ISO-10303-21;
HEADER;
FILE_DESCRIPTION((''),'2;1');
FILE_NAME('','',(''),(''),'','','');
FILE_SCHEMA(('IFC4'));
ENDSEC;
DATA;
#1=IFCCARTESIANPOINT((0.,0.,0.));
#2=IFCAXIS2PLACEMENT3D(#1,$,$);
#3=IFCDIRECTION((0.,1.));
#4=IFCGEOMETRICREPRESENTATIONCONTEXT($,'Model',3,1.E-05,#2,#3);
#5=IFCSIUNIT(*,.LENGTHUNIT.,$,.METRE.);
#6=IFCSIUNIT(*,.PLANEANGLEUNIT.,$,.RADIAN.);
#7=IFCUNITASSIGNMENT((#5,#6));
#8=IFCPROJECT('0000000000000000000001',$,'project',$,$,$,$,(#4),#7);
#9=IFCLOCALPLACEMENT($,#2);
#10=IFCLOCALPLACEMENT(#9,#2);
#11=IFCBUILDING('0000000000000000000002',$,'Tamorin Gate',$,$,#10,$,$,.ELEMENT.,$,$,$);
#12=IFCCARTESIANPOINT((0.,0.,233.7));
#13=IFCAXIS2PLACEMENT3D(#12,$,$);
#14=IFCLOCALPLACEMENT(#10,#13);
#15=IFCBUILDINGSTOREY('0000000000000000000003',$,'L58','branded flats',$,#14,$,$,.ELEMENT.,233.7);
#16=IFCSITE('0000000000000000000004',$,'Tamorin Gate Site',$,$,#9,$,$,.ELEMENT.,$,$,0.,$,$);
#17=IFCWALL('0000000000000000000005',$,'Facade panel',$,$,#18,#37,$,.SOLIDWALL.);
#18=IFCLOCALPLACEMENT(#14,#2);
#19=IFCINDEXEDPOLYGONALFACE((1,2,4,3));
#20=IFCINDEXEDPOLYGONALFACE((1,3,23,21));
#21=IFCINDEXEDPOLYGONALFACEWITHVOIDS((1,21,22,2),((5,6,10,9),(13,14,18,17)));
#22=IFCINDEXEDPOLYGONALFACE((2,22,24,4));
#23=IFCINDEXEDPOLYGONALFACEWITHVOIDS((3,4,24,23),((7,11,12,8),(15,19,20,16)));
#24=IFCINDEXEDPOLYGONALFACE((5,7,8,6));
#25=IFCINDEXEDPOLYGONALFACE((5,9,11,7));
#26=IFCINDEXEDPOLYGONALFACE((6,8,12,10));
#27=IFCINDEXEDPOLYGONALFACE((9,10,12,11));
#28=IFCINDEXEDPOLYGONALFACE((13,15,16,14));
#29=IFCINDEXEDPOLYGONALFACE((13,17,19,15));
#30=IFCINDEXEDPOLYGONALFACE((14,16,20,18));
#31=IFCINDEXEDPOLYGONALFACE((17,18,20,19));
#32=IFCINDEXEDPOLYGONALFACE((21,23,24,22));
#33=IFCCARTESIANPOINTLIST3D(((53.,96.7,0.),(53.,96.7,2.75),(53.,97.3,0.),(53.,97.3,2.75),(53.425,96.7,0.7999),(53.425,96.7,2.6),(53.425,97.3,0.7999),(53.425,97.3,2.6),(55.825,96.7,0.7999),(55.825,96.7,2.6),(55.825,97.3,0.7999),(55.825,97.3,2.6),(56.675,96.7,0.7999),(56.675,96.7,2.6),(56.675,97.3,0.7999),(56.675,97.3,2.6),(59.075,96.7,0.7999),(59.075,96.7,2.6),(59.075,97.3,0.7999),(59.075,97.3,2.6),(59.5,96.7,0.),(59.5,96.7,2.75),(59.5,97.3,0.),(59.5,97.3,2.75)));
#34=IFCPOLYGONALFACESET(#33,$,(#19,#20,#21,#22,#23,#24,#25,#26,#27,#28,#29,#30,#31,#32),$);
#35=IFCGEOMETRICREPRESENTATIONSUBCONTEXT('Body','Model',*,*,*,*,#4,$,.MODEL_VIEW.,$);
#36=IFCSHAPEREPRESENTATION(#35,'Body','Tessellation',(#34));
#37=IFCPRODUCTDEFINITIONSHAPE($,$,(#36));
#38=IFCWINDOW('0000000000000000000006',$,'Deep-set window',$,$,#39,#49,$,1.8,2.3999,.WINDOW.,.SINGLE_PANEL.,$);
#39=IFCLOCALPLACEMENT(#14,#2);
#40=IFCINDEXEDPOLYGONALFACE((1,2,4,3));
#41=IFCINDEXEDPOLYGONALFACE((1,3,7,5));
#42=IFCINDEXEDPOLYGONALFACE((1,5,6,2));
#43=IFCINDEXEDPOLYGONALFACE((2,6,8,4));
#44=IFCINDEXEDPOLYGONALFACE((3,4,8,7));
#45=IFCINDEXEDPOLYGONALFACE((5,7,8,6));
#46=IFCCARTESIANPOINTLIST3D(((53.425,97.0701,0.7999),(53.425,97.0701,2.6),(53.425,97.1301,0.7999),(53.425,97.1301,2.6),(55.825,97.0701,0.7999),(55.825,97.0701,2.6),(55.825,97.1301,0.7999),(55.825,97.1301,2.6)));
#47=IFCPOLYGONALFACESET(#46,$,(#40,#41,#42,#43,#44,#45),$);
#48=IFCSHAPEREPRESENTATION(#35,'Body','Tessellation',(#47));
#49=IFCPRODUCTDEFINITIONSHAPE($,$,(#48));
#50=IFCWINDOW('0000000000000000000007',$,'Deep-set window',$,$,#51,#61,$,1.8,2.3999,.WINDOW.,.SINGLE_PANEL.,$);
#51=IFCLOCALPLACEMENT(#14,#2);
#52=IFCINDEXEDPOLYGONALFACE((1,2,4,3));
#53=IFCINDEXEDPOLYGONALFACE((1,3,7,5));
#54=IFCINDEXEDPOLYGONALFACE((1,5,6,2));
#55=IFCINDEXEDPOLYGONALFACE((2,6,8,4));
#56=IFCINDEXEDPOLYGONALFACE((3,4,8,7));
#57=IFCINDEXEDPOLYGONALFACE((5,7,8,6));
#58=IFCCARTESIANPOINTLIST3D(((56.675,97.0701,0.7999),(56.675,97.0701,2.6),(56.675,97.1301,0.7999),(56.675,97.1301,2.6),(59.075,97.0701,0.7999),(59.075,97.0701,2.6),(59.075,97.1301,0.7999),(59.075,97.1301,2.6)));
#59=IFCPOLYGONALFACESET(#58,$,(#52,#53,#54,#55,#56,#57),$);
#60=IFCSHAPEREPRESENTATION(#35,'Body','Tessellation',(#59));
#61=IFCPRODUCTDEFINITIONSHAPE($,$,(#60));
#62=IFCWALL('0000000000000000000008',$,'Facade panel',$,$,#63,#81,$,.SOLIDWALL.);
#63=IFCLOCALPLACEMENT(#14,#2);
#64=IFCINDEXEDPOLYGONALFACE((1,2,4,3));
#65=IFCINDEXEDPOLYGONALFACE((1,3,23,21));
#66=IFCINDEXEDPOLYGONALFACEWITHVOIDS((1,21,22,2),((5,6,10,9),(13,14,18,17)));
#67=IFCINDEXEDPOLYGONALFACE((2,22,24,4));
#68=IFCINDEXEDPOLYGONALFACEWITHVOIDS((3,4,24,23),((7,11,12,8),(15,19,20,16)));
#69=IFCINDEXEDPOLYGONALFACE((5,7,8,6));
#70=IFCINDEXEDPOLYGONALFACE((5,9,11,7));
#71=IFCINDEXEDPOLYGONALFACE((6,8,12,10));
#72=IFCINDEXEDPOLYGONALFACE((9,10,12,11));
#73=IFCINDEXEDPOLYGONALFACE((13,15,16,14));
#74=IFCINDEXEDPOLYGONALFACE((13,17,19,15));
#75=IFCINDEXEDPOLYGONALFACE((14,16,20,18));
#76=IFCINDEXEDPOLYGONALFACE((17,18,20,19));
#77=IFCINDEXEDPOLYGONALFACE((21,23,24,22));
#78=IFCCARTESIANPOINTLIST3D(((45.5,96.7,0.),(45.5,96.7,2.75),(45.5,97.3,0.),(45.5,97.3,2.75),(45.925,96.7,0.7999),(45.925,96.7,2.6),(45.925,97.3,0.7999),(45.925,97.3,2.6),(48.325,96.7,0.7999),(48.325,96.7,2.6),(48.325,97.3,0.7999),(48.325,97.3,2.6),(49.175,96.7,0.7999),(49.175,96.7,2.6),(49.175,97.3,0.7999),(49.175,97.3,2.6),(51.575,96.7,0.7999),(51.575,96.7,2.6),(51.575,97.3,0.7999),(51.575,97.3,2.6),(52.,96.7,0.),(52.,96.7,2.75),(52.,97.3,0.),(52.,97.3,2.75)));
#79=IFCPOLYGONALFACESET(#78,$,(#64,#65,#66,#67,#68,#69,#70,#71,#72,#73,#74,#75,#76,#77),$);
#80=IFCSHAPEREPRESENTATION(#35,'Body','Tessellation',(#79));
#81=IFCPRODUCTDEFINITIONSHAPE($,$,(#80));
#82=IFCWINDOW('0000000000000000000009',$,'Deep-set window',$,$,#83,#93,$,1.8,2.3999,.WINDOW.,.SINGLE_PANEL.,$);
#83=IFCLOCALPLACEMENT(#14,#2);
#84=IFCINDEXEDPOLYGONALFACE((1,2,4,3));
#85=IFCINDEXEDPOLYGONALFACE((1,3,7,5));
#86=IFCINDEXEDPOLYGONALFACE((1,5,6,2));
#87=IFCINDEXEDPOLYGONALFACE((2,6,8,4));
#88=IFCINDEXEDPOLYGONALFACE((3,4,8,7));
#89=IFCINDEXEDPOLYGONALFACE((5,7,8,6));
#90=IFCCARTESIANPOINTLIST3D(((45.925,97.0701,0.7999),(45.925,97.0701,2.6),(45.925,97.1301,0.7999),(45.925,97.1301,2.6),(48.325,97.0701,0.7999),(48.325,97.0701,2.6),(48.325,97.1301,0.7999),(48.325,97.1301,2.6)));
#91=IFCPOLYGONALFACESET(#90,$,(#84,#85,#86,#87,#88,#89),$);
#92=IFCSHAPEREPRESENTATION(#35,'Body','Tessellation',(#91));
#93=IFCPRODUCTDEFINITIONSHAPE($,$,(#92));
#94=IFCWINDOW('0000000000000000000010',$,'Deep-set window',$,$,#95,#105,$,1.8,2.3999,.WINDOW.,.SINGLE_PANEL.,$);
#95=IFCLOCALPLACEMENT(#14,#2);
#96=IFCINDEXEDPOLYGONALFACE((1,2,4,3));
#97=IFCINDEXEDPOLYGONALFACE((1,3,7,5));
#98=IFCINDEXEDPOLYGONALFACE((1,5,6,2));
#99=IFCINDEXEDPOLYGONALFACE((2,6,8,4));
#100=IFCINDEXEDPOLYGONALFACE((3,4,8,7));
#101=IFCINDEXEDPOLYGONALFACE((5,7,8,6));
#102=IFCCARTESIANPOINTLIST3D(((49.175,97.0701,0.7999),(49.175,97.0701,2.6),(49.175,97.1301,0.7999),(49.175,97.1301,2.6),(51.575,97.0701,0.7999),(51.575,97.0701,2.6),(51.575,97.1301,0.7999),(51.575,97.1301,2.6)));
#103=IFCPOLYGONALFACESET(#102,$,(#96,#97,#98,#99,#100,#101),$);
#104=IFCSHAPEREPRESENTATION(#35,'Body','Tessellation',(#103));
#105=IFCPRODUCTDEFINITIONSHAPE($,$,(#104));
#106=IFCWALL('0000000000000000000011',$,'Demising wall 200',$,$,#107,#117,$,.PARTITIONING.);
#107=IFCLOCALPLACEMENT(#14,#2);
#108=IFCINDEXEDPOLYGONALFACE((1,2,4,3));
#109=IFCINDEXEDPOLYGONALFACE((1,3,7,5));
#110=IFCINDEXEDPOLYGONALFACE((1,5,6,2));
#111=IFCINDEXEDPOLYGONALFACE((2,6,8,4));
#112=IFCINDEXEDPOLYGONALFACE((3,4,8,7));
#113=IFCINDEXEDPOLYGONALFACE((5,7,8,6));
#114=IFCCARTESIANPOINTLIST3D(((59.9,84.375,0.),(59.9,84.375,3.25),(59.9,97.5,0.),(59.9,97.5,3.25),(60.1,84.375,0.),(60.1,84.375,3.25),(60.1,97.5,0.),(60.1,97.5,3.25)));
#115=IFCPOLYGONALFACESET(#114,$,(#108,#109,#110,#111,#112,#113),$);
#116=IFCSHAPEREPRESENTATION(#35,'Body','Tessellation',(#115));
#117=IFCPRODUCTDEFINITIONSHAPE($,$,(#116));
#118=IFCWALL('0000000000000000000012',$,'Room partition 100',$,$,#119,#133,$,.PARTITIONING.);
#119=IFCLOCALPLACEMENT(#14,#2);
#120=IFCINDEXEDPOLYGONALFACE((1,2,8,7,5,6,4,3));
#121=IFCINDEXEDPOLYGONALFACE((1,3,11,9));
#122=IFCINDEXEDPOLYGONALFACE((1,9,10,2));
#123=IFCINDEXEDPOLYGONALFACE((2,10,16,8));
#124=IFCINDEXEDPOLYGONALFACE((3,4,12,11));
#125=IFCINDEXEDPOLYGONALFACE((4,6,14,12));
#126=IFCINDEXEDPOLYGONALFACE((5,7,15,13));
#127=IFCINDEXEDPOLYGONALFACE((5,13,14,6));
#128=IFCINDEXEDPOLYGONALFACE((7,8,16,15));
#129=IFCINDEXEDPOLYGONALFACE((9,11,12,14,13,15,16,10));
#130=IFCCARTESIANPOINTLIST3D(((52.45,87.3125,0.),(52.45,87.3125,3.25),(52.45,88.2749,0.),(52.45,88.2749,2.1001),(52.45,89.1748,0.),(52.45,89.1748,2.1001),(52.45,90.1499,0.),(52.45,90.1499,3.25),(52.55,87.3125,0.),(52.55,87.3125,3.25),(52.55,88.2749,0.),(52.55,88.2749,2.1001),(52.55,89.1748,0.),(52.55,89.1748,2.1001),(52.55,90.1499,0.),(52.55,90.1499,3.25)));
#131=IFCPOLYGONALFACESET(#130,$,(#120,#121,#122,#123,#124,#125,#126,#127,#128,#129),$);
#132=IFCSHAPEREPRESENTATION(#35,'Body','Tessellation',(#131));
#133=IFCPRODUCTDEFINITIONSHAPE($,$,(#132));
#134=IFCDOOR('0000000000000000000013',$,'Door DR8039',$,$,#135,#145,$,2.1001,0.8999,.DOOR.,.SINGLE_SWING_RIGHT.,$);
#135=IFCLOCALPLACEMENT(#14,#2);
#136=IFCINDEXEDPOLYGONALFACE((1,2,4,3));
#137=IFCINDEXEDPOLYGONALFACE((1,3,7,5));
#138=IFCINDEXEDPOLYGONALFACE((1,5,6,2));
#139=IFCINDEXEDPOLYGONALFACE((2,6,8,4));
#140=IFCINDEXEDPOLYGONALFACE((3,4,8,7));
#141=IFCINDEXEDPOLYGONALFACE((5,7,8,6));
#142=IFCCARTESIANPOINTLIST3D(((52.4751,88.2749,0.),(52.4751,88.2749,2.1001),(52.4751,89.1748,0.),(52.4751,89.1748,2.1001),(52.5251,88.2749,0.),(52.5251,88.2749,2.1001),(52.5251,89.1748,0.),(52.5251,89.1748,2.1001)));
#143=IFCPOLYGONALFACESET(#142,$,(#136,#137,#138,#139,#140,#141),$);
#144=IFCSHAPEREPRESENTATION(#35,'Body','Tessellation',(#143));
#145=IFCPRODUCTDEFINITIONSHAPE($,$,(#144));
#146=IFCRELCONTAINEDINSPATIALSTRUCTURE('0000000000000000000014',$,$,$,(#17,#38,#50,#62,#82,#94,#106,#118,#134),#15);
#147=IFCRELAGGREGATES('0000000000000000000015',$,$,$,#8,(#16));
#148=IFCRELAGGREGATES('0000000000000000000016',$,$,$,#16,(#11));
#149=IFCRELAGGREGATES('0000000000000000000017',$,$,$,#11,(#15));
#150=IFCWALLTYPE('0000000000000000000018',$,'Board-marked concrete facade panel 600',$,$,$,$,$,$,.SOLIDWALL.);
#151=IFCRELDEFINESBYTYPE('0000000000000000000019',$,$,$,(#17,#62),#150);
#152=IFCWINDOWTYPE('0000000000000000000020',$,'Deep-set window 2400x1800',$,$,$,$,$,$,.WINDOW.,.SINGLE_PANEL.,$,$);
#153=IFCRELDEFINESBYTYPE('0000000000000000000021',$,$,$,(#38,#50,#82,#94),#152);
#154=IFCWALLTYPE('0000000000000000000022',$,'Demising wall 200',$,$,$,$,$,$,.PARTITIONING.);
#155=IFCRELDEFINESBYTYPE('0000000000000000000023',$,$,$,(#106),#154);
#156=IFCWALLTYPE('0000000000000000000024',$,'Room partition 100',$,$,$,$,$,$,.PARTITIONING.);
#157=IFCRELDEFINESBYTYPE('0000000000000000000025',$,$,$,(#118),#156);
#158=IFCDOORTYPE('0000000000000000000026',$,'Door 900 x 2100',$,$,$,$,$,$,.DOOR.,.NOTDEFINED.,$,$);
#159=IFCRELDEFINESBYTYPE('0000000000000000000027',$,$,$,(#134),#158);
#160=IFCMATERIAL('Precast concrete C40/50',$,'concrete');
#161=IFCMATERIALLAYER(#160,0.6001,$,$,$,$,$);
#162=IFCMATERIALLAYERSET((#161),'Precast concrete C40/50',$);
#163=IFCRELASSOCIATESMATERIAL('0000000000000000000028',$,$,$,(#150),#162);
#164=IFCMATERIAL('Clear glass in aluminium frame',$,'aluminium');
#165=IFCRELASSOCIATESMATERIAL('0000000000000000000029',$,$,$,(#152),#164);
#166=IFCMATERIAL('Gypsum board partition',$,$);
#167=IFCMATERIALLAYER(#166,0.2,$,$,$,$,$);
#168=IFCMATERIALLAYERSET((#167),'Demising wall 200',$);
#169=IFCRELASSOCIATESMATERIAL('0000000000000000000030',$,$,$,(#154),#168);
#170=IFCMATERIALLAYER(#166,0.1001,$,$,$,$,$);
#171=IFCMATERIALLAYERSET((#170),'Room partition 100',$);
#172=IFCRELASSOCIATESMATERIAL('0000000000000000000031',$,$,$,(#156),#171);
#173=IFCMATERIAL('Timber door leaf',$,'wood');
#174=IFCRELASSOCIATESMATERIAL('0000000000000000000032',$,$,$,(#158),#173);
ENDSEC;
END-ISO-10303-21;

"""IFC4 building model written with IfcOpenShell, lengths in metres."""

from ifc_helpers import new_model, si_unit, direction, frame, frame_2d, origin, place, context, subcontext, project, spatial, rectangle, extrude, material, layer, layer_set, type_object, element, fill, save


model = new_model("IFC4")

# Units and contexts
model_context = context("Model", 3, precision=1e-05, world=origin(), true_north=direction((0.0, 1.0)))
body_context = subcontext(model_context, "Body", "Model", "MODEL_VIEW")
ifc_project = project(units=[si_unit("LENGTHUNIT", "METRE"), si_unit("PLANEANGLEUNIT", "RADIAN")], contexts=[model_context])

# Site, building, storey
site_placement = place(None, origin())
site = spatial("IfcSite", under=ifc_project, at=site_placement, Name="Tamorin Gate Site", CompositionType="ELEMENT", RefElevation=0.0)
building_placement = place(site_placement, origin())
building = spatial("IfcBuilding", under=site, at=building_placement, Name="Tamorin Gate", CompositionType="ELEMENT")
storey_placement = place(building_placement, frame((0.0, 0.0, 233.7)))
storey = spatial("IfcBuildingStorey", under=building, at=storey_placement, Name="L58", Description="branded flats", CompositionType="ELEMENT", Elevation=233.7)

# Walls, openings, windows
ifc_material_1 = material(Name="Precast concrete C40/50", Category="concrete")
ifc_layer_1 = layer(ifc_material_1, 0.6001)
ifc_layer_set_1 = layer_set([ifc_layer_1], Name="Precast concrete C40/50")
wall_type_1 = type_object("IfcWallType", Name="Board-marked concrete facade panel 600", PredefinedType="SOLIDWALL", material=ifc_layer_set_1)
ifc_material_2 = material(Name="Clear glass in aluminium frame", Category="aluminium")
window_type = type_object("IfcWindowType", Name="Deep-set window 2400x1800", PartitioningType="SINGLE_PANEL", PredefinedType="WINDOW", material=ifc_material_2)
wall_1_placement = place(storey_placement, frame((59.5, 97.0, 0.0), z_axis=(0.0, 0.0, 1.0), x_axis=(-1.0, 0.0, 0.0)))
wall_1 = element("IfcWall", 1, at=wall_1_placement, inside=storey, type_object=wall_type_1, Name="Facade panel", PredefinedType="SOLIDWALL", context=body_context, shape_type="SweptSolid", body=[
    extrude(rectangle(XDim=6.5, YDim=0.6001, at=frame_2d((3.25, 0.0))), origin(), (0.0, 0.0, 1.0), 2.75),
])
opening_1_placement = place(wall_1_placement, frame((3.675, 0.0, 0.8)))
opening_1 = element("IfcOpeningElement", 2, at=opening_1_placement, cuts=wall_1, PredefinedType="OPENING", context=body_context, shape_type="SweptSolid", body=[
    extrude(rectangle(XDim=2.3999, YDim=1.8, at=frame_2d((1.2, 0.8999))), frame((0.0, 0.3101, 0.0), z_axis=(0.0, -1.0, 0.0), x_axis=(1.0, 0.0, 0.0)), (0.0, 0.0, 1.0), 0.6201),
])
opening_2_placement = place(wall_1_placement, frame((0.425, 0.0, 0.8)))
opening_2 = element("IfcOpeningElement", 3, at=opening_2_placement, cuts=wall_1, PredefinedType="OPENING", context=body_context, shape_type="SweptSolid", body=[
    extrude(rectangle(XDim=2.3999, YDim=1.8, at=frame_2d((1.2, 0.8999))), frame((0.0, 0.3101, 0.0), z_axis=(0.0, -1.0, 0.0), x_axis=(1.0, 0.0, 0.0)), (0.0, 0.0, 1.0), 0.6201),
])
window_1_placement = place(opening_1_placement, origin())
window_1 = element("IfcWindow", 4, at=window_1_placement, inside=storey, type_object=window_type, Name="Deep-set window", OverallHeight=1.8, OverallWidth=2.3999, PartitioningType="SINGLE_PANEL", PredefinedType="WINDOW", context=body_context, shape_type="SweptSolid", body=[
    extrude(rectangle(XDim=2.3999, YDim=1.8, at=frame_2d((1.2, 0.8999))), frame((0.0, -0.0701, 0.0), z_axis=(0.0, -1.0, 0.0), x_axis=(1.0, 0.0, 0.0)), (0.0, 0.0, 1.0), 0.0601),
])
fill(opening_1, window_1)
window_2_placement = place(opening_2_placement, origin())
window_2 = element("IfcWindow", 5, at=window_2_placement, inside=storey, type_object=window_type, Name="Deep-set window", OverallHeight=1.8, OverallWidth=2.3999, PartitioningType="SINGLE_PANEL", PredefinedType="WINDOW", context=body_context, shape_type="SweptSolid", body=[
    extrude(rectangle(XDim=2.3999, YDim=1.8, at=frame_2d((1.2, 0.8999))), frame((0.0, -0.0701, 0.0), z_axis=(0.0, -1.0, 0.0), x_axis=(1.0, 0.0, 0.0)), (0.0, 0.0, 1.0), 0.0601),
])
fill(opening_2, window_2)
wall_2_placement = place(storey_placement, frame((52.0, 97.0, 0.0), z_axis=(0.0, 0.0, 1.0), x_axis=(-1.0, 0.0, 0.0)))
wall_2 = element("IfcWall", 6, at=wall_2_placement, inside=storey, type_object=wall_type_1, Name="Facade panel", PredefinedType="SOLIDWALL", context=body_context, shape_type="SweptSolid", body=[
    extrude(rectangle(XDim=6.5, YDim=0.6001, at=frame_2d((3.25, 0.0))), origin(), (0.0, 0.0, 1.0), 2.75),
])
opening_3_placement = place(wall_2_placement, frame((3.675, 0.0, 0.8)))
opening_3 = element("IfcOpeningElement", 7, at=opening_3_placement, cuts=wall_2, PredefinedType="OPENING", context=body_context, shape_type="SweptSolid", body=[
    extrude(rectangle(XDim=2.3999, YDim=1.8, at=frame_2d((1.2, 0.8999))), frame((0.0, 0.3101, 0.0), z_axis=(0.0, -1.0, 0.0), x_axis=(1.0, 0.0, 0.0)), (0.0, 0.0, 1.0), 0.6201),
])
opening_4_placement = place(wall_2_placement, frame((0.425, 0.0, 0.8)))
opening_4 = element("IfcOpeningElement", 8, at=opening_4_placement, cuts=wall_2, PredefinedType="OPENING", context=body_context, shape_type="SweptSolid", body=[
    extrude(rectangle(XDim=2.3999, YDim=1.8, at=frame_2d((1.2, 0.8999))), frame((0.0, 0.3101, 0.0), z_axis=(0.0, -1.0, 0.0), x_axis=(1.0, 0.0, 0.0)), (0.0, 0.0, 1.0), 0.6201),
])
window_3_placement = place(opening_3_placement, origin())
window_3 = element("IfcWindow", 9, at=window_3_placement, inside=storey, type_object=window_type, Name="Deep-set window", OverallHeight=1.8, OverallWidth=2.3999, PartitioningType="SINGLE_PANEL", PredefinedType="WINDOW", context=body_context, shape_type="SweptSolid", body=[
    extrude(rectangle(XDim=2.3999, YDim=1.8, at=frame_2d((1.2, 0.8999))), frame((0.0, -0.0701, 0.0), z_axis=(0.0, -1.0, 0.0), x_axis=(1.0, 0.0, 0.0)), (0.0, 0.0, 1.0), 0.0601),
])
fill(opening_3, window_3)
window_4_placement = place(opening_4_placement, origin())
window_4 = element("IfcWindow", 10, at=window_4_placement, inside=storey, type_object=window_type, Name="Deep-set window", OverallHeight=1.8, OverallWidth=2.3999, PartitioningType="SINGLE_PANEL", PredefinedType="WINDOW", context=body_context, shape_type="SweptSolid", body=[
    extrude(rectangle(XDim=2.3999, YDim=1.8, at=frame_2d((1.2, 0.8999))), frame((0.0, -0.0701, 0.0), z_axis=(0.0, -1.0, 0.0), x_axis=(1.0, 0.0, 0.0)), (0.0, 0.0, 1.0), 0.0601),
])
fill(opening_4, window_4)

# Wall
ifc_material_3 = material(Name="Gypsum board partition")
ifc_layer_2 = layer(ifc_material_3, 0.2)
ifc_layer_set_2 = layer_set([ifc_layer_2], Name="Demising wall 200")
wall_type_2 = type_object("IfcWallType", Name="Demising wall 200", PredefinedType="PARTITIONING", material=ifc_layer_set_2)
wall_3_placement = place(storey_placement, frame((60.0, 84.375, 0.0), z_axis=(0.0, 0.0, 1.0), x_axis=(0.0, 1.0, 0.0)))
element("IfcWall", 11, at=wall_3_placement, inside=storey, type_object=wall_type_2, Name="Demising wall 200", PredefinedType="PARTITIONING", context=body_context, shape_type="SweptSolid", body=[
    extrude(rectangle(XDim=13.125, YDim=0.2, at=frame_2d((6.5625, 0.0))), origin(), (0.0, 0.0, 1.0), 3.25),
])

# Wall, opening, door
ifc_layer_3 = layer(ifc_material_3, 0.1001)
ifc_layer_set_3 = layer_set([ifc_layer_3], Name="Room partition 100")
wall_type_3 = type_object("IfcWallType", Name="Room partition 100", PredefinedType="PARTITIONING", material=ifc_layer_set_3)
wall_4_placement = place(storey_placement, frame((52.5, 87.3125, 0.0), z_axis=(0.0, 0.0, 1.0), x_axis=(0.0, 1.0, 0.0)))
wall_4 = element("IfcWall", 12, at=wall_4_placement, inside=storey, type_object=wall_type_3, Name="Room partition 100", PredefinedType="PARTITIONING", context=body_context, shape_type="SweptSolid", body=[
    extrude(rectangle(XDim=2.8374, YDim=0.1001, at=frame_2d((1.4187, 0.0))), origin(), (0.0, 0.0, 1.0), 3.25),
])
opening_5_placement = place(wall_4_placement, frame((0.9624, 0.0, 0.0)))
opening_5 = element("IfcOpeningElement", 13, at=opening_5_placement, cuts=wall_4, PredefinedType="OPENING", context=body_context, shape_type="SweptSolid", body=[
    extrude(rectangle(XDim=0.8999, YDim=2.1001, at=frame_2d((0.45, 1.05))), frame((0.0, 0.0601, 0.0), z_axis=(0.0, -1.0, 0.0), x_axis=(1.0, 0.0, 0.0)), (0.0, 0.0, 1.0), 0.1201),
])
ifc_material_4 = material(Name="Timber door leaf", Category="wood")
door_type = type_object("IfcDoorType", Name="Door 900 x 2100", OperationType="NOTDEFINED", PredefinedType="DOOR", material=ifc_material_4)
door_1_placement = place(opening_5_placement, origin())
door_1 = element("IfcDoor", 14, at=door_1_placement, inside=storey, type_object=door_type, Name="Door DR8039", OperationType="SINGLE_SWING_RIGHT", OverallHeight=2.1001, OverallWidth=0.8999, PredefinedType="DOOR", context=body_context, shape_type="SweptSolid", body=[
    extrude(rectangle(XDim=0.8999, YDim=2.1001, at=frame_2d((0.45, 1.05))), frame((0.0, 0.0249, 0.0), z_axis=(0.0, -1.0, 0.0), x_axis=(1.0, 0.0, 0.0)), (0.0, 0.0, 1.0), 0.05),
])
fill(opening_5, door_1)

save(model, "model.ifc")
